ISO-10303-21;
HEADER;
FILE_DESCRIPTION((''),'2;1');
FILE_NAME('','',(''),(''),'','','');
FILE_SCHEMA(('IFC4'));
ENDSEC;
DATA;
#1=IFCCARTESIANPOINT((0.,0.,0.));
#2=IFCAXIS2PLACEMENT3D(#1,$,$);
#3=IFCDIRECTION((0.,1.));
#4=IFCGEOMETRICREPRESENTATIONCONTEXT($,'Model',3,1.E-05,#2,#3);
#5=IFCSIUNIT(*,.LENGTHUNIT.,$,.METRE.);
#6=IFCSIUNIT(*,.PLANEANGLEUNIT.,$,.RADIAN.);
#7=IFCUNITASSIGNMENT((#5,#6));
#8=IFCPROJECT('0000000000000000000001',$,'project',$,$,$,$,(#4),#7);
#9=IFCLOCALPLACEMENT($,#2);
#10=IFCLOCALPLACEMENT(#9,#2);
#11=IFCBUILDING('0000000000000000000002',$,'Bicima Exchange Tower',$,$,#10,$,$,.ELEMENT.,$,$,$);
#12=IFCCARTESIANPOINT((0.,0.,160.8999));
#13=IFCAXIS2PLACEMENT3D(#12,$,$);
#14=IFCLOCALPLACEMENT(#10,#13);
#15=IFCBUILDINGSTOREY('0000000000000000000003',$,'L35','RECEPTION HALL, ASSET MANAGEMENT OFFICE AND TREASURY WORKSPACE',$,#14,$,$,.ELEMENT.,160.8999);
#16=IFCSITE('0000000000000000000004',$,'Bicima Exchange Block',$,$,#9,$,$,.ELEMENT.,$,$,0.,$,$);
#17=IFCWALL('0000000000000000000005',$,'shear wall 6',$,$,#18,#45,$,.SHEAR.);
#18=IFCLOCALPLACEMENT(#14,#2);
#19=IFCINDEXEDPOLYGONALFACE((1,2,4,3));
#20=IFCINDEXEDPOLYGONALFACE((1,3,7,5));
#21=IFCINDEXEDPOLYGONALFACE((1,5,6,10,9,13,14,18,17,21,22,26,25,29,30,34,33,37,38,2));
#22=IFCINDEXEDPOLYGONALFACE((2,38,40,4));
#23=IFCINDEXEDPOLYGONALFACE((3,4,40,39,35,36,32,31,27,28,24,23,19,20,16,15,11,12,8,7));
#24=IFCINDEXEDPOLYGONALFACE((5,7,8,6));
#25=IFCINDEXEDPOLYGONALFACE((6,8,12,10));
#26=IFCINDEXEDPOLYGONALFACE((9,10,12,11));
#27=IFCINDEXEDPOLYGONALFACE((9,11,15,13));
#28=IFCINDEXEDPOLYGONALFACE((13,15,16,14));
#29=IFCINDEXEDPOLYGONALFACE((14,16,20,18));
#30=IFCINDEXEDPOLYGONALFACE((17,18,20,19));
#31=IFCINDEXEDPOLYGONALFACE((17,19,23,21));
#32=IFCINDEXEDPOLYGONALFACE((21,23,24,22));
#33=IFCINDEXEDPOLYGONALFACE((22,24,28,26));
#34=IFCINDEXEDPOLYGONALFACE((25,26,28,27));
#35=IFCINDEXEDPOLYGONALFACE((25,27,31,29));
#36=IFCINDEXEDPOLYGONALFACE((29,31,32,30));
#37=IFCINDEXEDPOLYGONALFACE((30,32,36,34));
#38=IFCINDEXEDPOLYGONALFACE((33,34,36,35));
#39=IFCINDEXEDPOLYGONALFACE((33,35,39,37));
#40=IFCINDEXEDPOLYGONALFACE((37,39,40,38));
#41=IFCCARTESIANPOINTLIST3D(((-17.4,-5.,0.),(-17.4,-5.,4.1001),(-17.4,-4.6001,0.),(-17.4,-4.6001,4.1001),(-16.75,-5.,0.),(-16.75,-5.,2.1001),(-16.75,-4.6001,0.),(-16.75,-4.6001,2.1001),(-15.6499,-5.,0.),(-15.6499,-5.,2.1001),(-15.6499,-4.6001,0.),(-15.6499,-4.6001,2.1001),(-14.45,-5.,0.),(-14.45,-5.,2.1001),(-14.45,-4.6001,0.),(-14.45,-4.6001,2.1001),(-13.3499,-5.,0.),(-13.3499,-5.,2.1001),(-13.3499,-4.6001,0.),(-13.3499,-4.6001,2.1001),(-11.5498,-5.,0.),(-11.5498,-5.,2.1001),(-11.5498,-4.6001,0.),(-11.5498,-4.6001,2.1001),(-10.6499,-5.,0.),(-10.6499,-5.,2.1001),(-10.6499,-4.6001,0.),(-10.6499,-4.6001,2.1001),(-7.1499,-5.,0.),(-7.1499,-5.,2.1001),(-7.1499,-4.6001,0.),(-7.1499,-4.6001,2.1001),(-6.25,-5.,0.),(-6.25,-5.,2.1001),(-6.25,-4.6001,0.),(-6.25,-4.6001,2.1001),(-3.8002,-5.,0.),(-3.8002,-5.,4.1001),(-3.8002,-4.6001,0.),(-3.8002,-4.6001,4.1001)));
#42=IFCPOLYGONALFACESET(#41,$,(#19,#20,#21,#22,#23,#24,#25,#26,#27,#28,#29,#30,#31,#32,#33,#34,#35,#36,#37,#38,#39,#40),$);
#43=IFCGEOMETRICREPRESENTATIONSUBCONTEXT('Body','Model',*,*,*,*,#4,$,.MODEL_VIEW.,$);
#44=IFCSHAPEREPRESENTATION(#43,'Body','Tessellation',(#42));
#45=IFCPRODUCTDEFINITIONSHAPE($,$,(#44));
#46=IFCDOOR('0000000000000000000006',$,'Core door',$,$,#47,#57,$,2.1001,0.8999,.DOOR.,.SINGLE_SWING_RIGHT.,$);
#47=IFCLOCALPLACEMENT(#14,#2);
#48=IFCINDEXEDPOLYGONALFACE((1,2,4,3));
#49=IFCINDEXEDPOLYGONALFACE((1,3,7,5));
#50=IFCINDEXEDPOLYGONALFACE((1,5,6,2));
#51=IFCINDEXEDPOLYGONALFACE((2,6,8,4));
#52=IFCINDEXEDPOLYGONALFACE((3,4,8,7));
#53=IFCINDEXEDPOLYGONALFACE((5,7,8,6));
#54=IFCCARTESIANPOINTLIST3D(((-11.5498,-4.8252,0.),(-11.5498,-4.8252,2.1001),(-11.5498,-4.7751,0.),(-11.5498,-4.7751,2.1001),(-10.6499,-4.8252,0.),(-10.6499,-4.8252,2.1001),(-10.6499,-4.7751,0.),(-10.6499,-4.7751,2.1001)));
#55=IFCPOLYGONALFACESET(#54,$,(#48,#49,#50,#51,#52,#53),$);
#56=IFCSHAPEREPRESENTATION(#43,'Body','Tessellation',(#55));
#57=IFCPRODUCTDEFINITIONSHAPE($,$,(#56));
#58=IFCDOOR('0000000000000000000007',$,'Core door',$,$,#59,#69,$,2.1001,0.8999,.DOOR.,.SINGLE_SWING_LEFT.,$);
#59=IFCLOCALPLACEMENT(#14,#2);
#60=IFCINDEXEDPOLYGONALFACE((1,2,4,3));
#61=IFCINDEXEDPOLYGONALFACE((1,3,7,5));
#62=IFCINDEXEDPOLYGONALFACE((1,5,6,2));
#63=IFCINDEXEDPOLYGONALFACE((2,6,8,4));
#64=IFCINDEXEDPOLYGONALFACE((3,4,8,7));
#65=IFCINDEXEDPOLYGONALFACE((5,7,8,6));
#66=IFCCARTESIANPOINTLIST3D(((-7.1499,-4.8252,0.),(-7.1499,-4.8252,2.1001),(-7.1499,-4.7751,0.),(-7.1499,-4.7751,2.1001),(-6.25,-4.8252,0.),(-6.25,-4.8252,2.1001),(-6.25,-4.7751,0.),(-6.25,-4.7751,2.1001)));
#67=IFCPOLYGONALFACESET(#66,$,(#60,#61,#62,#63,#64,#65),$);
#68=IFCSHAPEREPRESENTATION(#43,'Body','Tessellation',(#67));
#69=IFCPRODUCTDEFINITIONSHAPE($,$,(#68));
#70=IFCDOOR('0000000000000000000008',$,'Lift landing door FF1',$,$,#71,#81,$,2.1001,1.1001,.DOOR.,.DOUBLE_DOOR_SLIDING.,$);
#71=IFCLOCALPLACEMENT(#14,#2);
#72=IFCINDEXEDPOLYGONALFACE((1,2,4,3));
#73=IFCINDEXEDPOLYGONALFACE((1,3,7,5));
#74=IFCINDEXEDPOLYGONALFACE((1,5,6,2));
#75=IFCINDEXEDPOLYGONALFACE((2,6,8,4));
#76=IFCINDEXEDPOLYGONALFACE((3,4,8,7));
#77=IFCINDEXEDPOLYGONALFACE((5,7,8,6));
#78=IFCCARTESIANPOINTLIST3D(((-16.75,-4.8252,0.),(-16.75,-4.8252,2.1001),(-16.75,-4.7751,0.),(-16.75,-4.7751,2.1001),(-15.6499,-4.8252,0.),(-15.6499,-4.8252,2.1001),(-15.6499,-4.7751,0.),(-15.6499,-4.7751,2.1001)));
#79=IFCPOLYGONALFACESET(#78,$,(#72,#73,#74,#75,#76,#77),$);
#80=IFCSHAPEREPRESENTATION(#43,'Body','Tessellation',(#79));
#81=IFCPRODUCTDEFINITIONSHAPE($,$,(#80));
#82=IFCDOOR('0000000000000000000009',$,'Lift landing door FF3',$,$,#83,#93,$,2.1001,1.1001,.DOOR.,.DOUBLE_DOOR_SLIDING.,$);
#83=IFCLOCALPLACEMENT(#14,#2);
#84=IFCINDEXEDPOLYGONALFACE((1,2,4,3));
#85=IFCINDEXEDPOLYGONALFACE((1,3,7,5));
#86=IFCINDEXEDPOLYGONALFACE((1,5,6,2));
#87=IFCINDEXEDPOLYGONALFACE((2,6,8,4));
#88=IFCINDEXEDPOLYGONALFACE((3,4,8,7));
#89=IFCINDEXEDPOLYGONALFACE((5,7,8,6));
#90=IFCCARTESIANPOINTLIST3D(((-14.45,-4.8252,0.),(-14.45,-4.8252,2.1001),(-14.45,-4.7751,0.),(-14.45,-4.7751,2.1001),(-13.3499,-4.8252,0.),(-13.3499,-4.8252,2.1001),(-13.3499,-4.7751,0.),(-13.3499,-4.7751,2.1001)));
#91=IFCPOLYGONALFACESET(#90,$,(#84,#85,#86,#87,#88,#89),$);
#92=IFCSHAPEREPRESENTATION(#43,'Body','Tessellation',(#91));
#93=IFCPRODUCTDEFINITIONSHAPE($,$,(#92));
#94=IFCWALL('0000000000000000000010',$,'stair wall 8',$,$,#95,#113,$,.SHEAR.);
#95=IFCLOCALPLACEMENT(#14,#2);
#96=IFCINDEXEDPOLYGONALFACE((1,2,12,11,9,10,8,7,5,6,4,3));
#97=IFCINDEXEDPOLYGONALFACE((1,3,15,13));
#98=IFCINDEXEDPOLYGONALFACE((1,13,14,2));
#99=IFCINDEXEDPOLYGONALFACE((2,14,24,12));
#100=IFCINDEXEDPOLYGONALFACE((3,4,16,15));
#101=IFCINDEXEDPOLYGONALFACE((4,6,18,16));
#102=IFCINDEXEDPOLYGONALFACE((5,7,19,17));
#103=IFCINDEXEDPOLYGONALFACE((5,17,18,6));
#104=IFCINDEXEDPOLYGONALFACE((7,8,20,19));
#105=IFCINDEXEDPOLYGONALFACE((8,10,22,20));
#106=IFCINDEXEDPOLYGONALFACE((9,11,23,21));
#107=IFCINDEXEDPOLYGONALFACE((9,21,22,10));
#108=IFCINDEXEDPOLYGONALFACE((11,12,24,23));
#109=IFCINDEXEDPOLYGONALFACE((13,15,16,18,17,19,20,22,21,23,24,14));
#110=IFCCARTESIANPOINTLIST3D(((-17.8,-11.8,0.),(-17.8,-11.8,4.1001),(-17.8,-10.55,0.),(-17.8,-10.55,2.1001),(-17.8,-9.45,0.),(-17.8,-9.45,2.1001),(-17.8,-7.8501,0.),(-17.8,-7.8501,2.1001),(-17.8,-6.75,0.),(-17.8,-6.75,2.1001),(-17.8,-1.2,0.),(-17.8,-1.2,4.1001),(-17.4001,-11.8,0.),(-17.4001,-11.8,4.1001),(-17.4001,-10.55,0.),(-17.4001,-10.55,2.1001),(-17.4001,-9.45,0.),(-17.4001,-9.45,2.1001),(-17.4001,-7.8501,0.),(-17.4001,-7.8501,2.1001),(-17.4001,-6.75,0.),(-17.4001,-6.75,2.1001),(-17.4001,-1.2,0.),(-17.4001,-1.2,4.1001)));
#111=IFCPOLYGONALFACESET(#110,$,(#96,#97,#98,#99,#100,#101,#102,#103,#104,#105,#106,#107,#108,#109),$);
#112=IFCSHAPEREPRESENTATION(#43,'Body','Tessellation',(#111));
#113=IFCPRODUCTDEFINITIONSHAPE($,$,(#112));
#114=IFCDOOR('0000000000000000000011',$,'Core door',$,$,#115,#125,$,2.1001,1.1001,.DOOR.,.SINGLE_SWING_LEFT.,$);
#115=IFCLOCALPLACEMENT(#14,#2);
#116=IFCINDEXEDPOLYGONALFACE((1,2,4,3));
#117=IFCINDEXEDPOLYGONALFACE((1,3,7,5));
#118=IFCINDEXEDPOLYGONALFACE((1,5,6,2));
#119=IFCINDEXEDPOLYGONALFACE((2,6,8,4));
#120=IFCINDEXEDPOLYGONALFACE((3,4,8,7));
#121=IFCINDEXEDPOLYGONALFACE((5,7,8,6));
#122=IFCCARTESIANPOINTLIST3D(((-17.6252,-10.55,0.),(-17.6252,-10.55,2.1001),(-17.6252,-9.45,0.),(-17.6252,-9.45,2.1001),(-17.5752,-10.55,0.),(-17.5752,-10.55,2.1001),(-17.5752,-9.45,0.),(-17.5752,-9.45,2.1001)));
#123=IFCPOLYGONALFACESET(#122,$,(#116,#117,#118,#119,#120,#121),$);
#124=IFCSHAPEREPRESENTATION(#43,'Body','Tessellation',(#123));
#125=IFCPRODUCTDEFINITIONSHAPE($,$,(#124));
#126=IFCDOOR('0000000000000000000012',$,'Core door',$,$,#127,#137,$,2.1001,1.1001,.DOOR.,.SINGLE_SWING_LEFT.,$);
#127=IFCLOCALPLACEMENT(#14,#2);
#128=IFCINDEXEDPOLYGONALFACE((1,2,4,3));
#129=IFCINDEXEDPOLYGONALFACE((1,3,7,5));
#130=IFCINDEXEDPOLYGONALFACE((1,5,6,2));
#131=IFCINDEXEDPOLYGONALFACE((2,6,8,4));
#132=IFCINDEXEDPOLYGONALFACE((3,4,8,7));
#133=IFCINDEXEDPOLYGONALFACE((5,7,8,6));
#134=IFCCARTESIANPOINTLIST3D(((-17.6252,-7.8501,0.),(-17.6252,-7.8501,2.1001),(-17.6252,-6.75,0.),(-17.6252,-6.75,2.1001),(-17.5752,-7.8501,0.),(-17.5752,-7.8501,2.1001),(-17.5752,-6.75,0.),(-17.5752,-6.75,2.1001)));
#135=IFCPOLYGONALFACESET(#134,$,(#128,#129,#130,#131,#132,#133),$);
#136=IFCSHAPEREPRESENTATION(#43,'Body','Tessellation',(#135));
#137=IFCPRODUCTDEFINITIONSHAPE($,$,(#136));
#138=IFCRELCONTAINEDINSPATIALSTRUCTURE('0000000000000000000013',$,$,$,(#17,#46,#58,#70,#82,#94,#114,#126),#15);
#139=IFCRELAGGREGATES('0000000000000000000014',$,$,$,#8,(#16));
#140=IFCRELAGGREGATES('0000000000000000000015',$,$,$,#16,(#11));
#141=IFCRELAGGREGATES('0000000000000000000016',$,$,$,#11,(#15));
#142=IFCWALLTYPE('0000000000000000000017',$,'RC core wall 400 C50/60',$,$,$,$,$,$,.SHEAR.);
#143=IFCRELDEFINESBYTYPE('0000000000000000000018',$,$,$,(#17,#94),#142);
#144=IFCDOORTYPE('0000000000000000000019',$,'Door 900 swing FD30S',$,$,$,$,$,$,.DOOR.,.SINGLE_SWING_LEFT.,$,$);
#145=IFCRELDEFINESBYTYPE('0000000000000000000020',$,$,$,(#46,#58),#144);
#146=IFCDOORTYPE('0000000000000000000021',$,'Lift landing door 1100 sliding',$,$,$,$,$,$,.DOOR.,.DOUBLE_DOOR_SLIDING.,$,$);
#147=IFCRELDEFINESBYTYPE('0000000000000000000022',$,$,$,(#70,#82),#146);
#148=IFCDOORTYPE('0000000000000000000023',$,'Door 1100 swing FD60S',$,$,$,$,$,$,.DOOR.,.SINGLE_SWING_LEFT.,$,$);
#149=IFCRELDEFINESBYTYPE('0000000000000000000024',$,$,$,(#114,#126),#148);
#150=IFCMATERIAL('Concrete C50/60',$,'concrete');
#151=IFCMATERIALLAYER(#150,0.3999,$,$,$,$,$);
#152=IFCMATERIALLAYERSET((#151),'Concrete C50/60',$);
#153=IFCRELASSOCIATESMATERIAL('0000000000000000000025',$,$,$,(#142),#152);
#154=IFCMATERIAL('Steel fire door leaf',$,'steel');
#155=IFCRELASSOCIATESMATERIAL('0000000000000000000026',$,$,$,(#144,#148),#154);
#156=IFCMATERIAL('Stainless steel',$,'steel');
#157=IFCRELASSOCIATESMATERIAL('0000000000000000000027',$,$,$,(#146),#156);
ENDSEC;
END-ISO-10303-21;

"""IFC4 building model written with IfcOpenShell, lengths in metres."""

from ifc_helpers import new_model, si_unit, direction, frame, frame_2d, origin, place, context, subcontext, project, spatial, rectangle, extrude, material, layer, layer_set, type_object, element, fill, save


model = new_model("IFC4")

# Units and contexts
model_context = context("Model", 3, precision=1e-05, world=origin(), true_north=direction((0.0, 1.0)))
body_context = subcontext(model_context, "Body", "Model", "MODEL_VIEW")
ifc_project = project(units=[si_unit("LENGTHUNIT", "METRE"), si_unit("PLANEANGLEUNIT", "RADIAN")], contexts=[model_context])

# Site, building, storey
site_placement = place(None, origin())
site = spatial("IfcSite", under=ifc_project, at=site_placement, Name="Bicima Exchange Block", CompositionType="ELEMENT", RefElevation=0.0)
building_placement = place(site_placement, origin())
building = spatial("IfcBuilding", under=site, at=building_placement, Name="Bicima Exchange Tower", CompositionType="ELEMENT")
storey_placement = place(building_placement, frame((0.0, 0.0, 160.8999)))
storey = spatial("IfcBuildingStorey", under=building, at=storey_placement, Name="L35", Description="RECEPTION HALL, ASSET MANAGEMENT OFFICE AND TREASURY WORKSPACE", CompositionType="ELEMENT", Elevation=160.8999)

# Walls, openings, doors
ifc_material_1 = material(Name="Concrete C50/60", Category="concrete")
ifc_layer_1 = layer(ifc_material_1, 0.3999)
ifc_layer_set_1 = layer_set([ifc_layer_1], Name="Concrete C50/60")
wall_type_1 = type_object("IfcWallType", Name="RC core wall 400 C50/60", PredefinedType="SHEAR", material=ifc_layer_set_1)
ifc_material_2 = material(Name="Steel fire door leaf", Category="steel")
door_type_1 = type_object("IfcDoorType", Name="Door 900 swing FD30S", OperationType="SINGLE_SWING_LEFT", PredefinedType="DOOR", material=ifc_material_2)
ifc_material_3 = material(Name="Stainless steel", Category="steel")
wall_1_placement = place(storey_placement, frame((-17.3999, -4.8, 0.0), z_axis=(0.0, 0.0, 1.0), x_axis=(1.0, 0.0, 0.0)))
wall_1 = element("IfcWall", 1, at=wall_1_placement, inside=storey, type_object=wall_type_1, Name="shear wall 6", PredefinedType="SHEAR", context=body_context, shape_type="SweptSolid", body=[
    extrude(rectangle(XDim=13.5999, YDim=0.3999, at=frame_2d((6.7998, 0.0))), origin(), (0.0, 0.0, 1.0), 4.1001),
])
opening_1_placement = place(wall_1_placement, frame((0.6499, 0.0, 0.0)))
opening_1 = element("IfcOpeningElement", 2, at=opening_1_placement, cuts=wall_1, PredefinedType="OPENING", context=body_context, shape_type="SweptSolid", body=[
    extrude(rectangle(XDim=1.1001, YDim=2.1001, at=frame_2d((0.55, 1.05))), frame((0.0, 0.2119, 0.0), z_axis=(0.0, -1.0, 0.0), x_axis=(1.0, 0.0, 0.0)), (0.0, 0.0, 1.0), 0.4238),
])
opening_2_placement = place(wall_1_placement, frame((2.95, 0.0, 0.0)))
opening_2 = element("IfcOpeningElement", 3, at=opening_2_placement, cuts=wall_1, PredefinedType="OPENING", context=body_context, shape_type="SweptSolid", body=[
    extrude(rectangle(XDim=1.1001, YDim=2.1001, at=frame_2d((0.55, 1.05))), frame((0.0, 0.2119, 0.0), z_axis=(0.0, -1.0, 0.0), x_axis=(1.0, 0.0, 0.0)), (0.0, 0.0, 1.0), 0.4238),
])
opening_3_placement = place(wall_1_placement, frame((5.8501, 0.0, 0.0)))
opening_3 = element("IfcOpeningElement", 4, at=opening_3_placement, cuts=wall_1, PredefinedType="OPENING", context=body_context, shape_type="SweptSolid", body=[
    extrude(rectangle(XDim=0.8999, YDim=2.1001, at=frame_2d((0.45, 1.05))), frame((0.0, 0.2119, 0.0), z_axis=(0.0, -1.0, 0.0), x_axis=(1.0, 0.0, 0.0)), (0.0, 0.0, 1.0), 0.4238),
])
opening_4_placement = place(wall_1_placement, frame((10.25, 0.0, 0.0)))
opening_4 = element("IfcOpeningElement", 5, at=opening_4_placement, cuts=wall_1, PredefinedType="OPENING", context=body_context, shape_type="SweptSolid", body=[
    extrude(rectangle(XDim=0.8999, YDim=2.1001, at=frame_2d((0.45, 1.05))), frame((0.0, 0.2119, 0.0), z_axis=(0.0, -1.0, 0.0), x_axis=(1.0, 0.0, 0.0)), (0.0, 0.0, 1.0), 0.4238),
])
door_1_placement = place(opening_3_placement, origin())
door_1 = element("IfcDoor", 6, at=door_1_placement, inside=storey, type_object=door_type_1, Name="Core door", OperationType="SINGLE_SWING_RIGHT", OverallHeight=2.1001, OverallWidth=0.8999, PredefinedType="DOOR", context=body_context, shape_type="SweptSolid", body=[
    extrude(rectangle(XDim=0.8999, YDim=2.1001, at=frame_2d((0.45, 1.05))), frame((0.0, 0.0249, 0.0), z_axis=(0.0, -1.0, 0.0), x_axis=(1.0, 0.0, 0.0)), (0.0, 0.0, 1.0), 0.05),
])
fill(opening_3, door_1)
door_2_placement = place(opening_4_placement, origin())
door_2 = element("IfcDoor", 7, at=door_2_placement, inside=storey, type_object=door_type_1, Name="Core door", OperationType="SINGLE_SWING_LEFT", OverallHeight=2.1001, OverallWidth=0.8999, PredefinedType="DOOR", context=body_context, shape_type="SweptSolid", body=[
    extrude(rectangle(XDim=0.8999, YDim=2.1001, at=frame_2d((0.45, 1.05))), frame((0.0, 0.0249, 0.0), z_axis=(0.0, -1.0, 0.0), x_axis=(1.0, 0.0, 0.0)), (0.0, 0.0, 1.0), 0.05),
])
fill(opening_4, door_2)
door_type_2 = type_object("IfcDoorType", Name="Lift landing door 1100 sliding", OperationType="DOUBLE_DOOR_SLIDING", PredefinedType="DOOR", material=ifc_material_3)
door_3_placement = place(opening_1_placement, origin())
door_3 = element("IfcDoor", 8, at=door_3_placement, inside=storey, type_object=door_type_2, Name="Lift landing door FF1", OperationType="DOUBLE_DOOR_SLIDING", OverallHeight=2.1001, OverallWidth=1.1001, PredefinedType="DOOR", context=body_context, shape_type="SweptSolid", body=[
    extrude(rectangle(XDim=1.1001, YDim=2.1001, at=frame_2d((0.55, 1.05))), frame((0.0, 0.0249, 0.0), z_axis=(0.0, -1.0, 0.0), x_axis=(1.0, 0.0, 0.0)), (0.0, 0.0, 1.0), 0.05),
])
fill(opening_1, door_3)
door_4_placement = place(opening_2_placement, origin())
door_4 = element("IfcDoor", 9, at=door_4_placement, inside=storey, type_object=door_type_2, Name="Lift landing door FF3", OperationType="DOUBLE_DOOR_SLIDING", OverallHeight=2.1001, OverallWidth=1.1001, PredefinedType="DOOR", context=body_context, shape_type="SweptSolid", body=[
    extrude(rectangle(XDim=1.1001, YDim=2.1001, at=frame_2d((0.55, 1.05))), frame((0.0, 0.0249, 0.0), z_axis=(0.0, -1.0, 0.0), x_axis=(1.0, 0.0, 0.0)), (0.0, 0.0, 1.0), 0.05),
])
fill(opening_2, door_4)
wall_2_placement = place(storey_placement, frame((-17.6001, -11.8, 0.0), z_axis=(0.0, 0.0, 1.0), x_axis=(0.0, 1.0, 0.0)))
wall_2 = element("IfcWall", 10, at=wall_2_placement, inside=storey, type_object=wall_type_1, Name="stair wall 8", PredefinedType="SHEAR", context=body_context, shape_type="SweptSolid", body=[
    extrude(rectangle(XDim=10.6001, YDim=0.3999, at=frame_2d((5.3, 0.0))), origin(), (0.0, 0.0, 1.0), 4.1001),
])
opening_5_placement = place(wall_2_placement, frame((1.25, 0.0, 0.0)))
opening_5 = element("IfcOpeningElement", 11, at=opening_5_placement, cuts=wall_2, PredefinedType="OPENING", context=body_context, shape_type="SweptSolid", body=[
    extrude(rectangle(XDim=1.1001, YDim=2.1001, at=frame_2d((0.55, 1.05))), frame((0.0, 0.2119, 0.0), z_axis=(0.0, -1.0, 0.0), x_axis=(1.0, 0.0, 0.0)), (0.0, 0.0, 1.0), 0.4238),
])
opening_6_placement = place(wall_2_placement, frame((3.95, 0.0, 0.0)))
opening_6 = element("IfcOpeningElement", 12, at=opening_6_placement, cuts=wall_2, PredefinedType="OPENING", context=body_context, shape_type="SweptSolid", body=[
    extrude(rectangle(XDim=1.1001, YDim=2.1001, at=frame_2d((0.55, 1.05))), frame((0.0, 0.2119, 0.0), z_axis=(0.0, -1.0, 0.0), x_axis=(1.0, 0.0, 0.0)), (0.0, 0.0, 1.0), 0.4238),
])
door_type_3 = type_object("IfcDoorType", Name="Door 1100 swing FD60S", OperationType="SINGLE_SWING_LEFT", PredefinedType="DOOR", material=ifc_material_2)
door_5_placement = place(opening_5_placement, frame((1.1001, 0.0, 0.0), z_axis=(0.0, 0.0, 1.0), x_axis=(-1.0, 0.0, 0.0)))
door_5 = element("IfcDoor", 13, at=door_5_placement, inside=storey, type_object=door_type_3, Name="Core door", OperationType="SINGLE_SWING_LEFT", OverallHeight=2.1001, OverallWidth=1.1001, PredefinedType="DOOR", context=body_context, shape_type="SweptSolid", body=[
    extrude(rectangle(XDim=1.1001, YDim=2.1001, at=frame_2d((0.55, 1.05))), frame((0.0, 0.0249, 0.0), z_axis=(0.0, -1.0, 0.0), x_axis=(1.0, 0.0, 0.0)), (0.0, 0.0, 1.0), 0.05),
])
fill(opening_5, door_5)
door_6_placement = place(opening_6_placement, frame((1.1001, 0.0, 0.0), z_axis=(0.0, 0.0, 1.0), x_axis=(-1.0, 0.0, 0.0)))
door_6 = element("IfcDoor", 14, at=door_6_placement, inside=storey, type_object=door_type_3, Name="Core door", OperationType="SINGLE_SWING_LEFT", OverallHeight=2.1001, OverallWidth=1.1001, PredefinedType="DOOR", context=body_context, shape_type="SweptSolid", body=[
    extrude(rectangle(XDim=1.1001, YDim=2.1001, at=frame_2d((0.55, 1.05))), frame((0.0, 0.0249, 0.0), z_axis=(0.0, -1.0, 0.0), x_axis=(1.0, 0.0, 0.0)), (0.0, 0.0, 1.0), 0.05),
])
fill(opening_6, door_6)

save(model, "model.ifc")
